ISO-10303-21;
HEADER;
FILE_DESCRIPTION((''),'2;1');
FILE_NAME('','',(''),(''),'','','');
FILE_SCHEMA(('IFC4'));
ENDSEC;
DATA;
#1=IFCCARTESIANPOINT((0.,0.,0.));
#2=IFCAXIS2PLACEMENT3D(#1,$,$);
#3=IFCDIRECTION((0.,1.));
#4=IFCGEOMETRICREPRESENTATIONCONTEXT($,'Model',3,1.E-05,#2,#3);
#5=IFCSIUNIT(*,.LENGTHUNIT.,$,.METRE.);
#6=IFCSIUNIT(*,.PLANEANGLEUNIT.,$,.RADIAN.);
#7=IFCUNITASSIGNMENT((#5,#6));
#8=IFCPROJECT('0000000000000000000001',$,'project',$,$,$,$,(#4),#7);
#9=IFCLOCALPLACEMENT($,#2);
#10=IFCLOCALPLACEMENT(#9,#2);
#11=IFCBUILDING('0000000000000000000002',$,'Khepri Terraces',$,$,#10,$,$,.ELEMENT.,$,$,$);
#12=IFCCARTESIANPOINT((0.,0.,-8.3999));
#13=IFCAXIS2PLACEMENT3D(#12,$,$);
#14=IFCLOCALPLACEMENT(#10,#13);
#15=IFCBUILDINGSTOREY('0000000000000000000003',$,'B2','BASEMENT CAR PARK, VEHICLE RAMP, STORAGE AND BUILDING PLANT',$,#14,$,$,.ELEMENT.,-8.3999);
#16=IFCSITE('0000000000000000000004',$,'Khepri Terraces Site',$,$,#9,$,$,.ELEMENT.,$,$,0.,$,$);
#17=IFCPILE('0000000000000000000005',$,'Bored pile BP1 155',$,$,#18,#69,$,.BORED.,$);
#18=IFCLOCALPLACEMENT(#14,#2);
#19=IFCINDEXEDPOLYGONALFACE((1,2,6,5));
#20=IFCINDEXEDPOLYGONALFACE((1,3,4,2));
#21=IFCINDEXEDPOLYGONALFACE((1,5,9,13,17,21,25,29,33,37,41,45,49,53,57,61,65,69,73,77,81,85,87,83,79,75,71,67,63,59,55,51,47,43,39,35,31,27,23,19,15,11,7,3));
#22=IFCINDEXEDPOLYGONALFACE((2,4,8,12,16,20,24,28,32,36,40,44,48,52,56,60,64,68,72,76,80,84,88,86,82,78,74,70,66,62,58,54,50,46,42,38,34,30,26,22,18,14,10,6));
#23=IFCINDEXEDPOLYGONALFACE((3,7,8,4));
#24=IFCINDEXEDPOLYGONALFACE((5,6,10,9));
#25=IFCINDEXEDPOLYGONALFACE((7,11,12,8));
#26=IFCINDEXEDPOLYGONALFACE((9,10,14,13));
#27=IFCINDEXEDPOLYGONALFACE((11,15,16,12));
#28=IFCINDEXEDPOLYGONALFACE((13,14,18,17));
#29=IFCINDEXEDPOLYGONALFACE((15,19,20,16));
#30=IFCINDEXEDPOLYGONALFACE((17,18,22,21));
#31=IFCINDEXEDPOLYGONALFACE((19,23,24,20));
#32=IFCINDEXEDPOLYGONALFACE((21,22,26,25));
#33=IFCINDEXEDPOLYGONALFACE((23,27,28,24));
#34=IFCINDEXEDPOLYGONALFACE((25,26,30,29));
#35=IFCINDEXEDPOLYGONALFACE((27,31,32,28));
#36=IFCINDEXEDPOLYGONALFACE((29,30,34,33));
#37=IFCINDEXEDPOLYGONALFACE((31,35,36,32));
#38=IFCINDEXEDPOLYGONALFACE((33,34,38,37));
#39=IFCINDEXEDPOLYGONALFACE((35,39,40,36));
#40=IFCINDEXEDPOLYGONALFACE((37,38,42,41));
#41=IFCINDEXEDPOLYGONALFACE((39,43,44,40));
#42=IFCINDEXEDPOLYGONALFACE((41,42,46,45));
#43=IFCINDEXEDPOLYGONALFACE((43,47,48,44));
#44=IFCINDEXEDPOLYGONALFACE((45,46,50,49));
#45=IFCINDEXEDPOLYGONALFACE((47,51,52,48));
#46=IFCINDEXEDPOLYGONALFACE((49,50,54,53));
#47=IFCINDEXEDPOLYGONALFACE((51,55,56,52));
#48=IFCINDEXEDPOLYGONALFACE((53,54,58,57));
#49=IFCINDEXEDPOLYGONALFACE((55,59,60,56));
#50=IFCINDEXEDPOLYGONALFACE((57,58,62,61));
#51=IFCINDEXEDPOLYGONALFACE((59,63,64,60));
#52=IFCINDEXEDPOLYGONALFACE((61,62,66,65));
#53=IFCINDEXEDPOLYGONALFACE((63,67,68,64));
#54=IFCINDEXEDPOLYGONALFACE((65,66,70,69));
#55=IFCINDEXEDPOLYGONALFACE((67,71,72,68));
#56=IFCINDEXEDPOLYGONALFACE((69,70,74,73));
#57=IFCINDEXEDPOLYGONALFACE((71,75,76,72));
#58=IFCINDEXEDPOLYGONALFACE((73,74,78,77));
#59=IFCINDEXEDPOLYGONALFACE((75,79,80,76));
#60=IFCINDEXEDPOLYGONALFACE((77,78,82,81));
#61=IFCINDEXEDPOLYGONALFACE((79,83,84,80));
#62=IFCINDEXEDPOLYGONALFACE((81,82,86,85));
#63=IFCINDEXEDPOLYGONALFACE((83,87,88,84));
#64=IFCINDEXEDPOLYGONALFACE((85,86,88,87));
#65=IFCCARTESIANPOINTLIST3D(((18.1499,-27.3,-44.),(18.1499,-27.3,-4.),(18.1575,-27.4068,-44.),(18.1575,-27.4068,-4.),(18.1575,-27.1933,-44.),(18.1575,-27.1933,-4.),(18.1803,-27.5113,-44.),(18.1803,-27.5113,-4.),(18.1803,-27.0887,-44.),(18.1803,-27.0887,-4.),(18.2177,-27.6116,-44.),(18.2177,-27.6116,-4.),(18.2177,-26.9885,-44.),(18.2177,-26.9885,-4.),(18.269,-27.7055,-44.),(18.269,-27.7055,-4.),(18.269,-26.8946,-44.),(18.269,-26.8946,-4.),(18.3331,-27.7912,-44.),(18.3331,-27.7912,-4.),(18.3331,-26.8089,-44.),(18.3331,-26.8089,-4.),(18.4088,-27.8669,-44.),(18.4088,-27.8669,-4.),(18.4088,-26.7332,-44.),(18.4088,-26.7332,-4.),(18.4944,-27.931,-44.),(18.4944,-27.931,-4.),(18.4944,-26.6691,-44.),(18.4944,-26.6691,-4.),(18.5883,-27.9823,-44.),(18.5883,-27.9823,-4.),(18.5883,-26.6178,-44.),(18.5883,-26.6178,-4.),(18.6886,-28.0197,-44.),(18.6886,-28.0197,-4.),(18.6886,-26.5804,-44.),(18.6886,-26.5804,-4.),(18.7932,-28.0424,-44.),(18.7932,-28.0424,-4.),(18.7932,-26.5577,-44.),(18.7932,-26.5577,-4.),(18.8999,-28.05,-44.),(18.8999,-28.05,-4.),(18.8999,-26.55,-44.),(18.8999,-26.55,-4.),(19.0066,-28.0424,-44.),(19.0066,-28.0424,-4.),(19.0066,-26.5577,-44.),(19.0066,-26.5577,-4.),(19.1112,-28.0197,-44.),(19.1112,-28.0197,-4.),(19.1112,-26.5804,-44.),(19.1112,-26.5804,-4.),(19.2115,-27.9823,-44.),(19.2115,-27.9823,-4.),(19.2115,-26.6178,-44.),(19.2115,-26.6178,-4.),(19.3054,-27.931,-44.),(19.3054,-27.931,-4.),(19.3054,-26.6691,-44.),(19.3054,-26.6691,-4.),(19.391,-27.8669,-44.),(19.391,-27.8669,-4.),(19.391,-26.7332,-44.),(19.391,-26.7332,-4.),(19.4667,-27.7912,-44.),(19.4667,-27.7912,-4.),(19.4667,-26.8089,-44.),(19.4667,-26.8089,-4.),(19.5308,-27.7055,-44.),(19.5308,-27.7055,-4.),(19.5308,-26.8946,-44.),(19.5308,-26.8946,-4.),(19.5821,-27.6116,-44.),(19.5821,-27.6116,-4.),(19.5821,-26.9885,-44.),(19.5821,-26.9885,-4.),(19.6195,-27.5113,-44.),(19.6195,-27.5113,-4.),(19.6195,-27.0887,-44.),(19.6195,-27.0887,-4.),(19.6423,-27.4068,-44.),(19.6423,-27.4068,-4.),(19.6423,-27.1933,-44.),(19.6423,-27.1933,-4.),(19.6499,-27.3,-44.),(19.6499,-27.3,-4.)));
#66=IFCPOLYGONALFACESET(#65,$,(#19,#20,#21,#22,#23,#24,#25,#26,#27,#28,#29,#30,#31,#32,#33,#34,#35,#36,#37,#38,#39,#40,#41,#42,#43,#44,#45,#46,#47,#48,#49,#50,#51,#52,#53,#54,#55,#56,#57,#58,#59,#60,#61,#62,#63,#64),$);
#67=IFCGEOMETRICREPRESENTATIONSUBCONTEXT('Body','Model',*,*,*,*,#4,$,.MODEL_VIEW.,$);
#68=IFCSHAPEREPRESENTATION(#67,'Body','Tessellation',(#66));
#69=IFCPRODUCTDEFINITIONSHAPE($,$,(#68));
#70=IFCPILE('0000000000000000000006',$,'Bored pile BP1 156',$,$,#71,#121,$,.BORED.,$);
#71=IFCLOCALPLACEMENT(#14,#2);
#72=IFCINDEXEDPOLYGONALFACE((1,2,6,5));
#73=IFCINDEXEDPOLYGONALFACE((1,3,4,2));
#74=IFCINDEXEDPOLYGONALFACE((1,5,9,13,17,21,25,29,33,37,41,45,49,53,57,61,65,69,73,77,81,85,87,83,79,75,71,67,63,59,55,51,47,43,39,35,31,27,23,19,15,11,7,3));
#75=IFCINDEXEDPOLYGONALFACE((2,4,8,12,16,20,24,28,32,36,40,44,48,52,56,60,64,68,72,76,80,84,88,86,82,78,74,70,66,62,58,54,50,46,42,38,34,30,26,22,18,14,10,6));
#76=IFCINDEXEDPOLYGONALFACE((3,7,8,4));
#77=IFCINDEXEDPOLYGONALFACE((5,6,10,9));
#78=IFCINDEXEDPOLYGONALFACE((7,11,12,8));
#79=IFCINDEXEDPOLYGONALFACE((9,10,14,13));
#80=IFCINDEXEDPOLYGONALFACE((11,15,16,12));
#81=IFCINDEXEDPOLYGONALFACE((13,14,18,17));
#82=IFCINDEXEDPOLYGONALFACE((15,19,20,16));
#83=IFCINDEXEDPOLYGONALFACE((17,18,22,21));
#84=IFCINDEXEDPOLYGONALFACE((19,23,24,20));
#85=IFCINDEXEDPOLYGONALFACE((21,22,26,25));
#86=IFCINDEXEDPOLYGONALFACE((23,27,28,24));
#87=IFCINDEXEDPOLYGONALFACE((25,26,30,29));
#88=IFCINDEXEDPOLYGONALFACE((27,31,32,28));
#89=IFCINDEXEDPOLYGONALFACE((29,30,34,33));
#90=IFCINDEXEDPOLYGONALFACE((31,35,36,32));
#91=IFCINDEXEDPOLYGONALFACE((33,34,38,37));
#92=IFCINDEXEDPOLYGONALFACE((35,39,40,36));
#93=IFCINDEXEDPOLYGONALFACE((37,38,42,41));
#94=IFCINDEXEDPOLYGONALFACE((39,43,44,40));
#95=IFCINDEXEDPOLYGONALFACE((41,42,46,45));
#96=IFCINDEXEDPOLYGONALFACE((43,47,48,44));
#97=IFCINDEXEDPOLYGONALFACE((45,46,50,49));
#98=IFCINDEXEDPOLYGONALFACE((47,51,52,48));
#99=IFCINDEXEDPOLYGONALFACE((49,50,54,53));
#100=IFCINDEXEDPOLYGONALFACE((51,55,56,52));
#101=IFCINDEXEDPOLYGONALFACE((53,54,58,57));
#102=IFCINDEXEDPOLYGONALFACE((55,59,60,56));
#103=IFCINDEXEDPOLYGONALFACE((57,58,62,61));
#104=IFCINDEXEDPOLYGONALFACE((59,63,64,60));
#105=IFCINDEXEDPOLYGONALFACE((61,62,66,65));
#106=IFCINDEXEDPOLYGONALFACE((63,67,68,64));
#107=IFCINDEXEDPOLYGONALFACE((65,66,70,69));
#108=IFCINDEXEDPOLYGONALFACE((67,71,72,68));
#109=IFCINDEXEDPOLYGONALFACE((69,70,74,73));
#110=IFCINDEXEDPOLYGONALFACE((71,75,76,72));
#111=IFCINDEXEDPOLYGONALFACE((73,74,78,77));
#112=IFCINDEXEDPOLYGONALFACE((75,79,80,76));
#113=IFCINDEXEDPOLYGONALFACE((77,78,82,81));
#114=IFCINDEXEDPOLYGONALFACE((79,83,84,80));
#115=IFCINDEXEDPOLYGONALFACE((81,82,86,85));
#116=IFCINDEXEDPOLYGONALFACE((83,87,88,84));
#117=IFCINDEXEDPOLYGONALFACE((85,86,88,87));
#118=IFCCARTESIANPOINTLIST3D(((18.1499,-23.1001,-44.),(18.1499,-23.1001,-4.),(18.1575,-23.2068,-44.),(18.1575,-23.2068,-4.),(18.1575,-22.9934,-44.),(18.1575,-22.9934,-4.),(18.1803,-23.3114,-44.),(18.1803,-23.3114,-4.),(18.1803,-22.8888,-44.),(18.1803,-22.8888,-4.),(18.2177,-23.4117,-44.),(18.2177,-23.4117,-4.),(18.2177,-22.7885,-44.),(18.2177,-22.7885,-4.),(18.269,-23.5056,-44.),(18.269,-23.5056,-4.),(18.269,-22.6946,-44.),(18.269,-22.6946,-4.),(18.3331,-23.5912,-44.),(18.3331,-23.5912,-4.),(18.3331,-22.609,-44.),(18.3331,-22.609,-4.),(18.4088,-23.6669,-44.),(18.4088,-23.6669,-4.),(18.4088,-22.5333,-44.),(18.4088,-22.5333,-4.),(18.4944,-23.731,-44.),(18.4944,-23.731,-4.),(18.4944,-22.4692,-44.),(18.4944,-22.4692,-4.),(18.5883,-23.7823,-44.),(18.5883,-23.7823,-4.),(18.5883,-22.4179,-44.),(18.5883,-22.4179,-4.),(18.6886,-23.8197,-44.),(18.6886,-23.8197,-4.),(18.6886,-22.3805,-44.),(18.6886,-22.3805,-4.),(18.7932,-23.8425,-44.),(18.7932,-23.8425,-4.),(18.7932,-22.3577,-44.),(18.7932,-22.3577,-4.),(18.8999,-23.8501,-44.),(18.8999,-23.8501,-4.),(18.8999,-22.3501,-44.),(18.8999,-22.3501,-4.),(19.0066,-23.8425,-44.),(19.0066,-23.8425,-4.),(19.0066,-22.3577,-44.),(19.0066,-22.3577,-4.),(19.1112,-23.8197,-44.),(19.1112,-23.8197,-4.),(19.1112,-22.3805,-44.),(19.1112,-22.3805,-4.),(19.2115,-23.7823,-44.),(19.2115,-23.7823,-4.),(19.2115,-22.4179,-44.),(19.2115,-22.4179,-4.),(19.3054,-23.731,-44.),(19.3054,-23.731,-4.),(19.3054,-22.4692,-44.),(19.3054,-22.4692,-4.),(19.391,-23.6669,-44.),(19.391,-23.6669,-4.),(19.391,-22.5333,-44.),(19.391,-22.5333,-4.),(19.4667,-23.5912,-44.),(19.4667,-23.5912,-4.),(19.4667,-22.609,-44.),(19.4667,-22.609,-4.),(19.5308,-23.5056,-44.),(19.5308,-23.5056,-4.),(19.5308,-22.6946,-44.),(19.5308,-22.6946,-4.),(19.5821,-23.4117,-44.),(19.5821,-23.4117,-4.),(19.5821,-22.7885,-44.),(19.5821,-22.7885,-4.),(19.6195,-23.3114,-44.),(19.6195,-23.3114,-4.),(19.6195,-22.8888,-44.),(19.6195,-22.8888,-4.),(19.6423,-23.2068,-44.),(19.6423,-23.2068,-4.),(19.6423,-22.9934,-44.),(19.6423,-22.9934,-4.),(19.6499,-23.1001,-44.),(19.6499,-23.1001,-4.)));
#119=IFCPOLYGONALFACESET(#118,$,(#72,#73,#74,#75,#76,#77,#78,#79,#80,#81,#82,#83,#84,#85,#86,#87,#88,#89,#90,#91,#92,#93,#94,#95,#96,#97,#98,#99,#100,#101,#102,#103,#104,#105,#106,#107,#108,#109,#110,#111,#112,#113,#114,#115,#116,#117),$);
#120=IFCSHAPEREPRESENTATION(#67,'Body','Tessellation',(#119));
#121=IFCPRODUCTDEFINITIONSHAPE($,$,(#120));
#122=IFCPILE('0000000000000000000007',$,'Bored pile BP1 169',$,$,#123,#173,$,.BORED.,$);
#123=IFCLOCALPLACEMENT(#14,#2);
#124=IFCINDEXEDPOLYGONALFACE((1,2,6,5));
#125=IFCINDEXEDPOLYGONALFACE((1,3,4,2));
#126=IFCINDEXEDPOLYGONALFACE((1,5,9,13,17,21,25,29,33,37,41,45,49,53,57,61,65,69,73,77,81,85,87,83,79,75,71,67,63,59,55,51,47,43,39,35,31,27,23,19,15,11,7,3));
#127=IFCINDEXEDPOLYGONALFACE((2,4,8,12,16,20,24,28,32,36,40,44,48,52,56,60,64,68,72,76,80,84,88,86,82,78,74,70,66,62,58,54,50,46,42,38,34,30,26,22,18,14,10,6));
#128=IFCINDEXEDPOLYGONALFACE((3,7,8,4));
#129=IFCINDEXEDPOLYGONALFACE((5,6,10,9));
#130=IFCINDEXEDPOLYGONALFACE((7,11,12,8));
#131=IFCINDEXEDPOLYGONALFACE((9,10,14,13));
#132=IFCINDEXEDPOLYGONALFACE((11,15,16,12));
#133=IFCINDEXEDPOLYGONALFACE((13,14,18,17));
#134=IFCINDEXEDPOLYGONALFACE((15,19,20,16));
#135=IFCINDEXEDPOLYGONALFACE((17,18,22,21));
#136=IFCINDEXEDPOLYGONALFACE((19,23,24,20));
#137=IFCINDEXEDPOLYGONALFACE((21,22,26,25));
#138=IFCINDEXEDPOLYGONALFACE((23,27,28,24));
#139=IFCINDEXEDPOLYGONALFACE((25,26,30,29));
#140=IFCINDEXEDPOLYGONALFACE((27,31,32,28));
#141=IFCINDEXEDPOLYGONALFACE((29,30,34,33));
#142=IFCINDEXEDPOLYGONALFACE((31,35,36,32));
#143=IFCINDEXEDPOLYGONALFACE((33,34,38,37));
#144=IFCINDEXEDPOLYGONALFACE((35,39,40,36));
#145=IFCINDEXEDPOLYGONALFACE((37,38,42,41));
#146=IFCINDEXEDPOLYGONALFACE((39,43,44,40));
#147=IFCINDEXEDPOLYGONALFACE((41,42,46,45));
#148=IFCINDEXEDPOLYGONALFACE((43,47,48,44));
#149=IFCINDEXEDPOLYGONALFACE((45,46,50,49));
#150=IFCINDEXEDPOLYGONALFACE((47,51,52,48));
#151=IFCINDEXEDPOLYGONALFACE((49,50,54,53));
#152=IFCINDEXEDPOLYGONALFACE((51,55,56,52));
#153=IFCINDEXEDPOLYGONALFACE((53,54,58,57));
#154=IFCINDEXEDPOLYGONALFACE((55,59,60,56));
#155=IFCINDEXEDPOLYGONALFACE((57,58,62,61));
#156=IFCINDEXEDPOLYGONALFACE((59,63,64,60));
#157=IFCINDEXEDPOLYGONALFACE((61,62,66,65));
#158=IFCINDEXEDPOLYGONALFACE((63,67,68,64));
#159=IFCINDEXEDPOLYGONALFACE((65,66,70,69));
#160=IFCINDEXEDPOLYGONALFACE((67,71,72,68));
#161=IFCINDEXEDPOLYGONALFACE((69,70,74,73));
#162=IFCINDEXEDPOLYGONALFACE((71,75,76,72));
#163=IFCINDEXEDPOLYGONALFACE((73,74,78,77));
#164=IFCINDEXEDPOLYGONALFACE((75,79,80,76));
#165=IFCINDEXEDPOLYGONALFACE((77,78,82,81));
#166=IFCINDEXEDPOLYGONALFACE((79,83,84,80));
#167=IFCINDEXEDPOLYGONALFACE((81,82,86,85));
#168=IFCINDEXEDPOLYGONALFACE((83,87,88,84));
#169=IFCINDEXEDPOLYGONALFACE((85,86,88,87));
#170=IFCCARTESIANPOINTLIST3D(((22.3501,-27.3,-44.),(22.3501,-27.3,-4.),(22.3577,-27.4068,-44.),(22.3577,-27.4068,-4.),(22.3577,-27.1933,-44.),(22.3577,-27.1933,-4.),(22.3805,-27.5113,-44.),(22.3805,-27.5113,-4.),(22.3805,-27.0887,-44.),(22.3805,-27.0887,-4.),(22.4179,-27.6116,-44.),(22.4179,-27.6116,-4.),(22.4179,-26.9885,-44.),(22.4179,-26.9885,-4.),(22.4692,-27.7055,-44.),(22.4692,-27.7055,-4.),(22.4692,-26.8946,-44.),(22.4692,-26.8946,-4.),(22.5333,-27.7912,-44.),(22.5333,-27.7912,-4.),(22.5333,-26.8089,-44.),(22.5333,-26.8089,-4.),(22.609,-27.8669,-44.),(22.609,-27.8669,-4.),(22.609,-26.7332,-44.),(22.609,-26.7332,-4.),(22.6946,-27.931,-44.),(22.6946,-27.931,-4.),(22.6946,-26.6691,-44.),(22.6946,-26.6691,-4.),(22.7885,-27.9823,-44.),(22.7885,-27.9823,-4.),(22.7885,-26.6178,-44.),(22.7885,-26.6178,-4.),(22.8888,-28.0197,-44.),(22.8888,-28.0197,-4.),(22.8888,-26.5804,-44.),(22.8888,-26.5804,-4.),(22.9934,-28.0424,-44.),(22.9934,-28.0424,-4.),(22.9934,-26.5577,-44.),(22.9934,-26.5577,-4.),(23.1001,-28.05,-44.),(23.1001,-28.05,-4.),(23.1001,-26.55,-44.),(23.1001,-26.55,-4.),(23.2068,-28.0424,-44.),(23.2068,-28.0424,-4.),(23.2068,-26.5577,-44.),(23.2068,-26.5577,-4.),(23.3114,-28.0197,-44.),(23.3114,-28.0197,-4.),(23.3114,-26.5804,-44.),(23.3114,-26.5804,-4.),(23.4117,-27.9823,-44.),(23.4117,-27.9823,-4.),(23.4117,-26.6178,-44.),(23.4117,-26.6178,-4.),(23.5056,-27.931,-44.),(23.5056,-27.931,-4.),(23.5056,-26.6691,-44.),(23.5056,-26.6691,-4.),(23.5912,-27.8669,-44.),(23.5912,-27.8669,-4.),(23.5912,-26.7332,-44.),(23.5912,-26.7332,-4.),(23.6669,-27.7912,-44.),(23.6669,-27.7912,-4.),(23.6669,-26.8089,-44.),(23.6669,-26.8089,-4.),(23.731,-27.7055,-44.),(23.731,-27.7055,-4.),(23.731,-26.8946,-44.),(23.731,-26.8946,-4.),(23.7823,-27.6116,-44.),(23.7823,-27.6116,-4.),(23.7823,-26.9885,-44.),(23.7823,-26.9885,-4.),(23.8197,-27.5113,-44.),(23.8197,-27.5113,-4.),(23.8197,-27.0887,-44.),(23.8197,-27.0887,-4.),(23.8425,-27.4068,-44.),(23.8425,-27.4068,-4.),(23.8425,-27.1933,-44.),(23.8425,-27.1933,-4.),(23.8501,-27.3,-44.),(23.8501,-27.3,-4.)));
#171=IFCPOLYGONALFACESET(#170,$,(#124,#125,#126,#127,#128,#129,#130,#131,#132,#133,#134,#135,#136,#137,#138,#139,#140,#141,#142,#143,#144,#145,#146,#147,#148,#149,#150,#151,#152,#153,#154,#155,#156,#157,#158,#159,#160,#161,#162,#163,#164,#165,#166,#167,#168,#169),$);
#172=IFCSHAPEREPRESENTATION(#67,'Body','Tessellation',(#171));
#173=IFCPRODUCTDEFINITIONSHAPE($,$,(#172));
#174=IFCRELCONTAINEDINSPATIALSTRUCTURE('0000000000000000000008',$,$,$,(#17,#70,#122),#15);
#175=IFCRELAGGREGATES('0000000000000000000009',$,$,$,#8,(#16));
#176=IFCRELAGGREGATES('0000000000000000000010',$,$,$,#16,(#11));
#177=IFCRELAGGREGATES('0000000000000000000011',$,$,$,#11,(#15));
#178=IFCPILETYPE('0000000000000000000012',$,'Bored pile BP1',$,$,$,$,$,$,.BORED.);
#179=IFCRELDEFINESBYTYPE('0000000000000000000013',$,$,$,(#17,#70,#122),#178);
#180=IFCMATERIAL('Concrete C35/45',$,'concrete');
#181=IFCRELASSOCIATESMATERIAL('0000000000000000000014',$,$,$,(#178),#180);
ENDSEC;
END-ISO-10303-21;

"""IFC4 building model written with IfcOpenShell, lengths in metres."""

from ifc_helpers import new_model, si_unit, direction, frame, origin, origin_2d, place, context, subcontext, project, spatial, circle, extrude, material, material_profile, profile_set, type_object, element, save


model = new_model("IFC4")

# Units and contexts
model_context = context("Model", 3, precision=1e-05, world=origin(), true_north=direction((0.0, 1.0)))
body_context = subcontext(model_context, "Body", "Model", "MODEL_VIEW")
ifc_project = project(units=[si_unit("LENGTHUNIT", "METRE"), si_unit("PLANEANGLEUNIT", "RADIAN")], contexts=[model_context])

# Site, building, storey
site_placement = place(None, origin())
site = spatial("IfcSite", under=ifc_project, at=site_placement, Name="Khepri Terraces Site", CompositionType="ELEMENT", RefElevation=0.0)
building_placement = place(site_placement, origin())
building = spatial("IfcBuilding", under=site, at=building_placement, Name="Khepri Terraces", CompositionType="ELEMENT")
storey_placement = place(building_placement, frame((0.0, 0.0, -8.3999)))
storey = spatial("IfcBuildingStorey", under=building, at=storey_placement, Name="B2", Description="BASEMENT CAR PARK, VEHICLE RAMP, STORAGE AND BUILDING PLANT", CompositionType="ELEMENT", Elevation=-8.3999)

# Piles
ifc_material_1 = material(Name="Concrete C35/45", Category="concrete")
ifc_material_profile_1 = material_profile(ifc_material_1, circle(Radius=0.75, at=origin_2d()), Name="Concrete C35/45", Category="concrete")
ifc_profile_set_1 = profile_set([ifc_material_profile_1], Name="Concrete C35/45")
pile_type = type_object("IfcPileType", Name="Bored pile BP1", PredefinedType="BORED", material=ifc_profile_set_1)
for number, where, z_axis, x_axis, name in (
    (1, (18.8999, -27.3, -4.0), (0.0, 0.0, -1.0), (1.0, 0.0, 0.0), "Bored pile BP1 155"),
    (2, (18.8999, -23.1001, -4.0), (0.0, 0.0, -1.0), (1.0, 0.0, 0.0), "Bored pile BP1 156"),
    (3, (23.1001, -27.3, -4.0), (0.0, 0.0, -1.0), (1.0, 0.0, 0.0), "Bored pile BP1 169"),
):
    element("IfcPile", number, at=place(storey_placement, frame(where, z_axis=z_axis, x_axis=x_axis)), inside=storey, type_object=pile_type, Name=name, PredefinedType="BORED", context=body_context, shape_type="SweptSolid", body=[
        extrude(circle(Radius=0.75, at=origin_2d()), origin(), (0.0, 0.0, 1.0), 40.0),
    ])

save(model, "model.ifc")
